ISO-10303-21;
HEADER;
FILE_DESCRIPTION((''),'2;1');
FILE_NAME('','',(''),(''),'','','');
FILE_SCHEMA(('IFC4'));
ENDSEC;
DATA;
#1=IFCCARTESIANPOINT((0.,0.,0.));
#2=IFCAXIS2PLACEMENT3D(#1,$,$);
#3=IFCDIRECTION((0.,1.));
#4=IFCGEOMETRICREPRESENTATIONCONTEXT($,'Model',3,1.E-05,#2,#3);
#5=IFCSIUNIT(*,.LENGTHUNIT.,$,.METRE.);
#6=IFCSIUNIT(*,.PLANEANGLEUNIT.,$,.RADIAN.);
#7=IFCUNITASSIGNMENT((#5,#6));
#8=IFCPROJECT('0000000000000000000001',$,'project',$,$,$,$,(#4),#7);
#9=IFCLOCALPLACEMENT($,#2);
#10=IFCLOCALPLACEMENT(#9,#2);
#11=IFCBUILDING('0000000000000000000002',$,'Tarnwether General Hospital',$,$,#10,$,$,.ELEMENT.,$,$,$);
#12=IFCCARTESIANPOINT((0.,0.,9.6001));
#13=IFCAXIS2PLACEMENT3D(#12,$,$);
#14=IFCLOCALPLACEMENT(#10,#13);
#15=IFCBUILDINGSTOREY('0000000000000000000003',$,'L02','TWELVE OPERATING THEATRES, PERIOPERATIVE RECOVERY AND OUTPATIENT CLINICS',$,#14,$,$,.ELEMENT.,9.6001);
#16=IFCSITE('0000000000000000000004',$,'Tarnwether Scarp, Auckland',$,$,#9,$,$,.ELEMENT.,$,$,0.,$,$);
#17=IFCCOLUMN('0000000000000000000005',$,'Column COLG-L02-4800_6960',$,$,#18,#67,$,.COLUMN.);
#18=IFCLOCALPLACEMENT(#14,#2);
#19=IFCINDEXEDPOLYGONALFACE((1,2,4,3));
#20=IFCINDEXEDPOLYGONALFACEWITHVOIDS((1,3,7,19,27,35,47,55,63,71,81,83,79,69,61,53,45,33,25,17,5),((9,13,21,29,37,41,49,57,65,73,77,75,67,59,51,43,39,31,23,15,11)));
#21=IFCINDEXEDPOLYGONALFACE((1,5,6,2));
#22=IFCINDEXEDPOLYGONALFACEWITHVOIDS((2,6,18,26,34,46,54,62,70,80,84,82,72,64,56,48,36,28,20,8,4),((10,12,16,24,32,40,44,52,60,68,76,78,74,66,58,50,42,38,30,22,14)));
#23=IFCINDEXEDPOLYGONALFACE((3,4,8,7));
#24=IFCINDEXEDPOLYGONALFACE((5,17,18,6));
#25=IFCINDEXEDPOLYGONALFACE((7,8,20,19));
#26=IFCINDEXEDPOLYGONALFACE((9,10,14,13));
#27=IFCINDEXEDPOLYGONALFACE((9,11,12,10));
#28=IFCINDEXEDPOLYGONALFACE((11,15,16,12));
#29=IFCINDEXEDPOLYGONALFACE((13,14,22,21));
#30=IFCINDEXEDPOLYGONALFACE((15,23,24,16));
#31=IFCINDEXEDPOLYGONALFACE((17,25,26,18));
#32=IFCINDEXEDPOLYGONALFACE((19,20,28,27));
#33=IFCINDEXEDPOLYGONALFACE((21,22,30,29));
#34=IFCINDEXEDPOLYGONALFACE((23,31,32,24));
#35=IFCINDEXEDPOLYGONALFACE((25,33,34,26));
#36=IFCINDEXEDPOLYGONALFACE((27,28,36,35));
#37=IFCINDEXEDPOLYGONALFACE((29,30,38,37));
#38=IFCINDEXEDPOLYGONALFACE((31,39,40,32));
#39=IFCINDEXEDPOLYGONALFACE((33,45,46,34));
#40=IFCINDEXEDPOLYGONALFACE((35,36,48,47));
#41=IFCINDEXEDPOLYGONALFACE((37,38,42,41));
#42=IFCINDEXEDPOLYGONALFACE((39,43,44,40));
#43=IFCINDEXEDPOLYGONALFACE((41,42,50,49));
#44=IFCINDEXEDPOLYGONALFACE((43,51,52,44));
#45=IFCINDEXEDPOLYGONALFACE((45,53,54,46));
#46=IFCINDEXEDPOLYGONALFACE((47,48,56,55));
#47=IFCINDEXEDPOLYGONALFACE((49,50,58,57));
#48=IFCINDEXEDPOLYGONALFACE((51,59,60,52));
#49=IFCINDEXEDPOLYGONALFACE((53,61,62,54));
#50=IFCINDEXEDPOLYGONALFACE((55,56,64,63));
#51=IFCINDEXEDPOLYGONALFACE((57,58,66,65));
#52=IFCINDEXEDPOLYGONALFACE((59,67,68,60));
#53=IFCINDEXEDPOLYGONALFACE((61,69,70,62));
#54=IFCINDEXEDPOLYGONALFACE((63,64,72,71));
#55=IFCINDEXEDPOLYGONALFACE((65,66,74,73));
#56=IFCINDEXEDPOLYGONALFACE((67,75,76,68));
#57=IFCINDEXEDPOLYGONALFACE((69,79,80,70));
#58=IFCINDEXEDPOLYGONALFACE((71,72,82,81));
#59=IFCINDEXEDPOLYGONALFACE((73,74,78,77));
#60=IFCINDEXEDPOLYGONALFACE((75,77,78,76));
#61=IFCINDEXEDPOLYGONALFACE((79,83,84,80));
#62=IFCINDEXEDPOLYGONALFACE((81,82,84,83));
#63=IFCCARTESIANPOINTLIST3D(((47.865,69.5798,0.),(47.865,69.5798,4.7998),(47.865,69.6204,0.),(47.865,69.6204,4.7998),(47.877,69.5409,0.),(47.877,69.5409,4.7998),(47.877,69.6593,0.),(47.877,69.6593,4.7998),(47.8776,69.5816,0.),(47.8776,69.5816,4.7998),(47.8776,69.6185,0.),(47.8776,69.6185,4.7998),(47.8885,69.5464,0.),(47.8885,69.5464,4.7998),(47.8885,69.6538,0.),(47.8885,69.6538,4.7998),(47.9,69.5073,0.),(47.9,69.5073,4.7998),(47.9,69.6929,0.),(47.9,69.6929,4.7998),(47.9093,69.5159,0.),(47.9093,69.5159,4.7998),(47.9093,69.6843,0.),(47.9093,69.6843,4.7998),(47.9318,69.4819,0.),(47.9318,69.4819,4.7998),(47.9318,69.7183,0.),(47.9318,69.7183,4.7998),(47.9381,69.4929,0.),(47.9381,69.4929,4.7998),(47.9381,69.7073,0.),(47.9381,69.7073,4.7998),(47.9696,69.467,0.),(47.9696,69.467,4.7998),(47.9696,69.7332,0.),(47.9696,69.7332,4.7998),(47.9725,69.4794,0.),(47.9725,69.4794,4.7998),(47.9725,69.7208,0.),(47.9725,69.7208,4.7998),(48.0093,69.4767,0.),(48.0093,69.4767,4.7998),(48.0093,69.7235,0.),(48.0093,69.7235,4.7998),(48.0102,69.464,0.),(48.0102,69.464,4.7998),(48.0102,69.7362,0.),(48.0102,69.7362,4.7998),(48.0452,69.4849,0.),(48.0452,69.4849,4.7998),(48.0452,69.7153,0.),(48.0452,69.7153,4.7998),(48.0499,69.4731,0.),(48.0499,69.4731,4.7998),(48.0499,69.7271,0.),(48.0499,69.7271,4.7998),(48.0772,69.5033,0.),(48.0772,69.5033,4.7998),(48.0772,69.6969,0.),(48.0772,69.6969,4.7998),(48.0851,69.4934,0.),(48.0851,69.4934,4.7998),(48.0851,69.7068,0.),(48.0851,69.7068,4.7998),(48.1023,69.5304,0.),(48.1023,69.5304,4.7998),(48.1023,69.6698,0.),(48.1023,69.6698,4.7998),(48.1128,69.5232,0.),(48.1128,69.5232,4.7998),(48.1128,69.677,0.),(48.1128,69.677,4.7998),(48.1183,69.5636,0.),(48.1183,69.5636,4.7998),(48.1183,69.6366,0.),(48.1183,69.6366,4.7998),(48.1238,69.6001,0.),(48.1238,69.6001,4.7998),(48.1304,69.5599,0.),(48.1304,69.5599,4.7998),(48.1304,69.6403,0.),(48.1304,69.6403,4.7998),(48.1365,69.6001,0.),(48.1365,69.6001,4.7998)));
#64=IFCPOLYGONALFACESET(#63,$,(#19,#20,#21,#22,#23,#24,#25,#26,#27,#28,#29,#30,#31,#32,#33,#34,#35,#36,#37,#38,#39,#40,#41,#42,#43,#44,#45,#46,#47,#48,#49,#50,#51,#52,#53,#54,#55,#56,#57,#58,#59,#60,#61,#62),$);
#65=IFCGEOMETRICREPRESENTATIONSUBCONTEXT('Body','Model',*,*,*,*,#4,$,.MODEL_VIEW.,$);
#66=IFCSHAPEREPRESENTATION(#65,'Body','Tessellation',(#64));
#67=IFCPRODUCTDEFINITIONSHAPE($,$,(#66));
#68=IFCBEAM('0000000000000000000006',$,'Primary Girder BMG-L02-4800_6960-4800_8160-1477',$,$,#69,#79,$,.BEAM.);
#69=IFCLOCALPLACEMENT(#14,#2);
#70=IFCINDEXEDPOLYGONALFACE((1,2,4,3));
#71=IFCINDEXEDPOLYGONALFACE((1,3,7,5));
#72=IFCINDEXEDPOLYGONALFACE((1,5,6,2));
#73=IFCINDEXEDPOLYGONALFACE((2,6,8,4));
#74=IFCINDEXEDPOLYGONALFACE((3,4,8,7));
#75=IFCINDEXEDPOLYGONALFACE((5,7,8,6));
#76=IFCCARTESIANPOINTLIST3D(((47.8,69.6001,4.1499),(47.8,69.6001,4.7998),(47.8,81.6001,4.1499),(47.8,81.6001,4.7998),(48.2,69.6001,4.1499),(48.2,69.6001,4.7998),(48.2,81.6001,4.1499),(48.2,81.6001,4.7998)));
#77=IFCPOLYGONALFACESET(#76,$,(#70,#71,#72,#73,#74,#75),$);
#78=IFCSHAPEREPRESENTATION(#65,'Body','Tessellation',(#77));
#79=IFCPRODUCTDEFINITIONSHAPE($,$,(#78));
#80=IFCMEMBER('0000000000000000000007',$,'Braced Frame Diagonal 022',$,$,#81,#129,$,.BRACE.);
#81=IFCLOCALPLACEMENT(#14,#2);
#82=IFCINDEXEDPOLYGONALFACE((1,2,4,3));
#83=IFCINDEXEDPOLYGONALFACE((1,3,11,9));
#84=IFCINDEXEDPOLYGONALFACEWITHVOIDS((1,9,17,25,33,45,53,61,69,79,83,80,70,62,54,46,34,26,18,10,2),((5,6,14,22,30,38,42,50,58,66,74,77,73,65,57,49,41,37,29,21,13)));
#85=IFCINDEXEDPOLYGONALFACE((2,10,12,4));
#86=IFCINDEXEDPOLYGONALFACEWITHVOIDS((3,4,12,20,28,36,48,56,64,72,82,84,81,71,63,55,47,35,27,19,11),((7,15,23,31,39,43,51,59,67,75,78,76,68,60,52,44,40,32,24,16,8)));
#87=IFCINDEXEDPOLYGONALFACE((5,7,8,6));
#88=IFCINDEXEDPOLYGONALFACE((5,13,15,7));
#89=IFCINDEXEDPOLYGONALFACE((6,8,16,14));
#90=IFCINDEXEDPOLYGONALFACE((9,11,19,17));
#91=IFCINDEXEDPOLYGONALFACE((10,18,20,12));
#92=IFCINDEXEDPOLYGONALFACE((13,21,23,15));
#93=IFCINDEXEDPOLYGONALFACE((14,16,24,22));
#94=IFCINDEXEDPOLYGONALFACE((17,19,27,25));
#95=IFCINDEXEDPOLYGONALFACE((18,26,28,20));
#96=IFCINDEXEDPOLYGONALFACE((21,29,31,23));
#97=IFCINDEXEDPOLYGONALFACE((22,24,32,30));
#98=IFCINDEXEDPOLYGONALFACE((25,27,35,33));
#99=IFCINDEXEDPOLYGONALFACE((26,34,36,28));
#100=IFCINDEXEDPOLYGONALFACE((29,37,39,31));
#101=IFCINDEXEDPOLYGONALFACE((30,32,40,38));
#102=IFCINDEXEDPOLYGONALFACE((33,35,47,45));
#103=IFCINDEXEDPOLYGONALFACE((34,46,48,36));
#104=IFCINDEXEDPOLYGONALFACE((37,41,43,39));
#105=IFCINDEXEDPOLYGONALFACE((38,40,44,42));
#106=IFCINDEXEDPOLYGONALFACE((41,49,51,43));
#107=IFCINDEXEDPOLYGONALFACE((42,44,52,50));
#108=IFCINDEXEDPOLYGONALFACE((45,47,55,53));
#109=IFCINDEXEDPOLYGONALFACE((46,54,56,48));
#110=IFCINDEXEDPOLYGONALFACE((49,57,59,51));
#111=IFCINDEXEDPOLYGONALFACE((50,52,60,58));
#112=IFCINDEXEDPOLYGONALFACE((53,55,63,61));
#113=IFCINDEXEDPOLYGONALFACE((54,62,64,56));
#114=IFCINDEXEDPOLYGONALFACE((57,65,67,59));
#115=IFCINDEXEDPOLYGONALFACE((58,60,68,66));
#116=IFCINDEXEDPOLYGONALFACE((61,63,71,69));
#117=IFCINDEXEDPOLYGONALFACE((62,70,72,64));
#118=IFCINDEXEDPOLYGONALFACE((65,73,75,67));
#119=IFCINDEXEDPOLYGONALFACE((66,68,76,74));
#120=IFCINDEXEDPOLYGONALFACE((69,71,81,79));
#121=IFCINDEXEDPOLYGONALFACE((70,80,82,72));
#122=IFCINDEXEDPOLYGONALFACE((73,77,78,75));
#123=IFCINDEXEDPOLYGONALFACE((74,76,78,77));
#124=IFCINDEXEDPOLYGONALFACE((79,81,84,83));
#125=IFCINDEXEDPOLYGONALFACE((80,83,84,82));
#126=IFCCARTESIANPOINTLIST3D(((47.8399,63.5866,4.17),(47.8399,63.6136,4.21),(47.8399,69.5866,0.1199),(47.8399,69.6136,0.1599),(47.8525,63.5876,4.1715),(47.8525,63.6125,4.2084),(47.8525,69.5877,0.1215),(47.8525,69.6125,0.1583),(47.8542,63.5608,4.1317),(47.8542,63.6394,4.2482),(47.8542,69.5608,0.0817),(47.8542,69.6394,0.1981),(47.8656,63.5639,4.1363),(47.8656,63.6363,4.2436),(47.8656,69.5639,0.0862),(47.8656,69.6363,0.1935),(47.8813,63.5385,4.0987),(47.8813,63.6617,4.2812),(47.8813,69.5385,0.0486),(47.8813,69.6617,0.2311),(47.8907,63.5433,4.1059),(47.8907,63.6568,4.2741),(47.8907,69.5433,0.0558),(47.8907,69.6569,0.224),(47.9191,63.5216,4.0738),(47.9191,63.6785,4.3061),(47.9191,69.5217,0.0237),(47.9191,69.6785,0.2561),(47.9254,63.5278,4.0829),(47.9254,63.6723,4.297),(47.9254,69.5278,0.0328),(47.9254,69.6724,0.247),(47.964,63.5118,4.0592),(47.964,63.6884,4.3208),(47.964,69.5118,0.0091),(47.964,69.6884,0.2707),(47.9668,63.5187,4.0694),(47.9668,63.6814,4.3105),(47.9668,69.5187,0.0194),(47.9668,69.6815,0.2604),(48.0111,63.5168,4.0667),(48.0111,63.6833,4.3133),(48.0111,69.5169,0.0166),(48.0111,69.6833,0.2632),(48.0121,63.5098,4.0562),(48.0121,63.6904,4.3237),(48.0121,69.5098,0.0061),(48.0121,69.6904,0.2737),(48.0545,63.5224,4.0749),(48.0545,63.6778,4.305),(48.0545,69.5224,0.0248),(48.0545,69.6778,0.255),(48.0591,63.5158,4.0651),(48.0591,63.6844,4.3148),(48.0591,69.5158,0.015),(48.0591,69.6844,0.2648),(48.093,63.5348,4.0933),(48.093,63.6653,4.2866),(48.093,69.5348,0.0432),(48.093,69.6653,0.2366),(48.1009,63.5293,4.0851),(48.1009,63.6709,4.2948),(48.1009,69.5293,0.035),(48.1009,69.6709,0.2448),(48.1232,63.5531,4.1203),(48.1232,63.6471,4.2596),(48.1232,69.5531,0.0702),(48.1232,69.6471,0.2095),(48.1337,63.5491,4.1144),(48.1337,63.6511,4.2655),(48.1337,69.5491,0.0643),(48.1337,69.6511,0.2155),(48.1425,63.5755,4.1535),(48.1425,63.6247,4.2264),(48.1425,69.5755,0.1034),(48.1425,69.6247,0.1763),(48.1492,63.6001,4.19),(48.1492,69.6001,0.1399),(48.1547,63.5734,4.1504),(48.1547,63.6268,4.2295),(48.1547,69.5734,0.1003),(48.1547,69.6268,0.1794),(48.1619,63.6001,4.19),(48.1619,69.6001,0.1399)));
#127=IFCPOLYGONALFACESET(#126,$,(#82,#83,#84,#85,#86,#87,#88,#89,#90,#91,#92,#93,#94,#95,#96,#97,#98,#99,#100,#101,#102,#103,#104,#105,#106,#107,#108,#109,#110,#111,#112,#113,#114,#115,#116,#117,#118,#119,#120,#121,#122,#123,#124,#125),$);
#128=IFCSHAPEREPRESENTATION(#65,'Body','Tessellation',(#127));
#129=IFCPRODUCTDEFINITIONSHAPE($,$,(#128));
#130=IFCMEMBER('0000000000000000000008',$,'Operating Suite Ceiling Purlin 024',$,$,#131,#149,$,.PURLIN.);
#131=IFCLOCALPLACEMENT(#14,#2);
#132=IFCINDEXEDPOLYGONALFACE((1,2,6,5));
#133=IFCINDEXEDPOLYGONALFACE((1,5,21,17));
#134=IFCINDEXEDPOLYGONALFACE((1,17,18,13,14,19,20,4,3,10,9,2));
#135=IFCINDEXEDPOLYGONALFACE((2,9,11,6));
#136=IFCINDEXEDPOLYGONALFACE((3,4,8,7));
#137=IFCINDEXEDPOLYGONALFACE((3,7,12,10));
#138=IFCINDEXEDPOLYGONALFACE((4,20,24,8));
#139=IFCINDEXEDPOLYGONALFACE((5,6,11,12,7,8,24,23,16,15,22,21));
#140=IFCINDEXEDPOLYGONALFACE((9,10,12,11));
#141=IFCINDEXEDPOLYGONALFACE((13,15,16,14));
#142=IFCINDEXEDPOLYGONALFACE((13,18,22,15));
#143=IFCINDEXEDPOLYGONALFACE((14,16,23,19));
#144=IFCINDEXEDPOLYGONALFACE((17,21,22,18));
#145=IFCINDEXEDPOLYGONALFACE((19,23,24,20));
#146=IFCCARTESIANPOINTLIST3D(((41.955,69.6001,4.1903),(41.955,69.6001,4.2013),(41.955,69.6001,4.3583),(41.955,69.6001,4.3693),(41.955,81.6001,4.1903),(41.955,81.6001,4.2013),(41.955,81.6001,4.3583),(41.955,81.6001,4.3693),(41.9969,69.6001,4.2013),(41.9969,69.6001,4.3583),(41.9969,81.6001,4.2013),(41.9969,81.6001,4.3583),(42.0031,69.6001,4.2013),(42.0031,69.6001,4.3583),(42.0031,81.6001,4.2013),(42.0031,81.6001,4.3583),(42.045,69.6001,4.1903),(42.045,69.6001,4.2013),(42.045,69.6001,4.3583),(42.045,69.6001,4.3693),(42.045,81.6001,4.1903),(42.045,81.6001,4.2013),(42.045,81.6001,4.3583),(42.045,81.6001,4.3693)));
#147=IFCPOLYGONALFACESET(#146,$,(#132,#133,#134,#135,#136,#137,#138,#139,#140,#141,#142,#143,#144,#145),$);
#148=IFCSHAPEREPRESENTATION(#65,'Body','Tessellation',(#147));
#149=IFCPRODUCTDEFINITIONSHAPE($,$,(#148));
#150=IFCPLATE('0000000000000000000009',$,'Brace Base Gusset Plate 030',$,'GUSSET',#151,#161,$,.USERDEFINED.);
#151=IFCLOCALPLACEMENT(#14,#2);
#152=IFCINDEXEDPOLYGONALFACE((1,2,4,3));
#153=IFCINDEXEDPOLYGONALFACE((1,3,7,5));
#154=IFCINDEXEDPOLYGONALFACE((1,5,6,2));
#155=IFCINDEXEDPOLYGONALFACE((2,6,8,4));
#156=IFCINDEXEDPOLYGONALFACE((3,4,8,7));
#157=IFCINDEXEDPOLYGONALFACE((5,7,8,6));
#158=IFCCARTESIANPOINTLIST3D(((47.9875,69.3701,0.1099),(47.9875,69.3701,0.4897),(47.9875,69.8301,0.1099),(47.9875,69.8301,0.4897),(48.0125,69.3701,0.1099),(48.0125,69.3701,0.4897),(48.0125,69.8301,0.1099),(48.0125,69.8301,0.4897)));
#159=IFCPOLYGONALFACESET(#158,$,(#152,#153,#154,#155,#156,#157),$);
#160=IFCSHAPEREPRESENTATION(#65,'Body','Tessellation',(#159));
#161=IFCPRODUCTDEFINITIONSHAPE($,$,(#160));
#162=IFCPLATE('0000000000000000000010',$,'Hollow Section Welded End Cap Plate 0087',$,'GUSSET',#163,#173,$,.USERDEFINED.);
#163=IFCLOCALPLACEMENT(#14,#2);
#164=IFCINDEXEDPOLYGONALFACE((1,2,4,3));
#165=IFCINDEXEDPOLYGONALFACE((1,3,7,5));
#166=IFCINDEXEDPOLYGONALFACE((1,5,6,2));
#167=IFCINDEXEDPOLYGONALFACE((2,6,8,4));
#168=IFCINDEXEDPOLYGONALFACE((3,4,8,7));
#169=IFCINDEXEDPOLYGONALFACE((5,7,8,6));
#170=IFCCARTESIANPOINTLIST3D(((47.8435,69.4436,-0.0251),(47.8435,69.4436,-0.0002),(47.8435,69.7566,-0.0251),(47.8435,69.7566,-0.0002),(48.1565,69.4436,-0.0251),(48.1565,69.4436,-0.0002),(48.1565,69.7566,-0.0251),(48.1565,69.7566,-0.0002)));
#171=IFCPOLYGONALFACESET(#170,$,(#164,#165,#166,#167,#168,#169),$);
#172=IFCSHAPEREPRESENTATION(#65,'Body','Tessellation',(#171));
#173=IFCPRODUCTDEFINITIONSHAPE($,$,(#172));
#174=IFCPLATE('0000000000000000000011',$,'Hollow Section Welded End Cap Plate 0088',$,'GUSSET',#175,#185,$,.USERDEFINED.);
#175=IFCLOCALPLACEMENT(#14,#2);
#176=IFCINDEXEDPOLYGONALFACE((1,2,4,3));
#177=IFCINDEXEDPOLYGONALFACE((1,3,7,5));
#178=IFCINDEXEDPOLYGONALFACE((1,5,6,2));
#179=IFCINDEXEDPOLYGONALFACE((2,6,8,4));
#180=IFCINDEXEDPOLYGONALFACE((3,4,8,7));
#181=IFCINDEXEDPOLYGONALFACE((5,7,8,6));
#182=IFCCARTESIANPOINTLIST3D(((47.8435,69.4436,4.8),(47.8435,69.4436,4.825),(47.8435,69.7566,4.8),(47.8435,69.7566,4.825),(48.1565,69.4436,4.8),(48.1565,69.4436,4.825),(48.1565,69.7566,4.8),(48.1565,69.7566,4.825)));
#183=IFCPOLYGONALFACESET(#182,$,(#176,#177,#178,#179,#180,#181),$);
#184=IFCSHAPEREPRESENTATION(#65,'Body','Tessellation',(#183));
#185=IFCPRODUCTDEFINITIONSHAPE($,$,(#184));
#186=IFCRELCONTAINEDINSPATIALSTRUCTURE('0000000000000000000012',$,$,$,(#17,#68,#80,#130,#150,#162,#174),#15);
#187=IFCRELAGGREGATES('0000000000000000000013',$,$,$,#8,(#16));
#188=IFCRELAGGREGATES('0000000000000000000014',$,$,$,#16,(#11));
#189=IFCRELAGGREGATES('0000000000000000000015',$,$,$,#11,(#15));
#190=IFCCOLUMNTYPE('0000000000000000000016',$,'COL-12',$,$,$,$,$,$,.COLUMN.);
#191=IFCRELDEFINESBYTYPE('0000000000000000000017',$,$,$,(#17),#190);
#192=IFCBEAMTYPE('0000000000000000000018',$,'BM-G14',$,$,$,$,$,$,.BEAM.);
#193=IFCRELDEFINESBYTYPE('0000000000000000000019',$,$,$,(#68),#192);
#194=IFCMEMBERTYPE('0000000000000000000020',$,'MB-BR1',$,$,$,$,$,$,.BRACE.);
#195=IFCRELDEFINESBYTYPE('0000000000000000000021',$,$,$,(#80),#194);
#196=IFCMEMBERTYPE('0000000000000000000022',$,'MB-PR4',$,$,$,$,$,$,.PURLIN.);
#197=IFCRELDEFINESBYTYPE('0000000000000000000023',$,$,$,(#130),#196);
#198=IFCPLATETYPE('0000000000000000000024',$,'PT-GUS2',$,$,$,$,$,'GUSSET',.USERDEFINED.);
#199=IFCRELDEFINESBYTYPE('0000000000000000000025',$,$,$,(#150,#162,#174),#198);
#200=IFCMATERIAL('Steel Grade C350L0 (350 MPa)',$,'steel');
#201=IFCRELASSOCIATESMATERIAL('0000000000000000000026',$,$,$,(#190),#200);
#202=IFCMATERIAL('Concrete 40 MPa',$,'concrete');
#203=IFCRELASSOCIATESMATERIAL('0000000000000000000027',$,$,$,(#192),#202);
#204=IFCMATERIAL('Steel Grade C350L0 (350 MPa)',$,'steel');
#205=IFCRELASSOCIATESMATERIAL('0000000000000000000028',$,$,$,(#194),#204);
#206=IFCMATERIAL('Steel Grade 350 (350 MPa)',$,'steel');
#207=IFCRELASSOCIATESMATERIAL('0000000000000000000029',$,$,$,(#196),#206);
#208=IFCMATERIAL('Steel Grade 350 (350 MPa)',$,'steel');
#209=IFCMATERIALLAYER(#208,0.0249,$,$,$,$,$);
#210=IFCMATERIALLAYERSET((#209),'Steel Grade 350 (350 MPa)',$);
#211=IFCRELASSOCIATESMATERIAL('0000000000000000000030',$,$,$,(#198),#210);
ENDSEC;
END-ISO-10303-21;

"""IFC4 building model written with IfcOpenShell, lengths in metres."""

from ifc_helpers import new_model, si_unit, direction, frame, origin, origin_2d, place, context, subcontext, project, spatial, rectangle, hollow_circle, i_section, extrude, material, layer, layer_set, material_profile, profile_set, type_object, element, save


model = new_model("IFC4")

# Units and contexts
model_context = context("Model", 3, precision=1e-05, world=origin(), true_north=direction((0.0, 1.0)))
body_context = subcontext(model_context, "Body", "Model", "MODEL_VIEW")
ifc_project = project(units=[si_unit("LENGTHUNIT", "METRE"), si_unit("PLANEANGLEUNIT", "RADIAN")], contexts=[model_context])

# Site, building, storey
site_placement = place(None, origin())
site = spatial("IfcSite", under=ifc_project, at=site_placement, Name="Tarnwether Scarp, Auckland", CompositionType="ELEMENT", RefElevation=0.0)
building_placement = place(site_placement, origin())
building = spatial("IfcBuilding", under=site, at=building_placement, Name="Tarnwether General Hospital", CompositionType="ELEMENT")
storey_placement = place(building_placement, frame((0.0, 0.0, 9.6001)))
storey = spatial("IfcBuildingStorey", under=building, at=storey_placement, Name="L02", Description="TWELVE OPERATING THEATRES, PERIOPERATIVE RECOVERY AND OUTPATIENT CLINICS", CompositionType="ELEMENT", Elevation=9.6001)

# Column
ifc_material_1 = material(Name="Steel Grade C350L0 (350 MPa)", Category="steel")
ifc_material_profile_1 = material_profile(ifc_material_1, hollow_circle(Radius=0.1365, WallThickness=0.0127, at=origin_2d()), Name="CHS273.1x12.7")
ifc_profile_set_1 = profile_set([ifc_material_profile_1], Name="Steel Grade C350L0 (350 MPa)")
column_type = type_object("IfcColumnType", Name="COL-12", PredefinedType="COLUMN", material=ifc_profile_set_1)
column_placement = place(storey_placement, frame((48.0, 69.6001, 0.0), z_axis=(0.0, 0.0, 1.0), x_axis=(1.0, 0.0, 0.0)))
element("IfcColumn", 1, at=column_placement, inside=storey, type_object=column_type, Name="Column COLG-L02-4800_6960", PredefinedType="COLUMN", context=body_context, shape_type="SweptSolid", body=[
    extrude(hollow_circle(Radius=0.1365, WallThickness=0.0127, at=origin_2d()), origin(), (0.0, 0.0, 1.0), 4.7998),
])

# Beam
ifc_material_2 = material(Name="Concrete 40 MPa", Category="concrete")
ifc_material_profile_2 = material_profile(ifc_material_2, rectangle(XDim=0.3999, YDim=0.6499, at=origin_2d()), Name="RC-BM-400x650")
ifc_profile_set_2 = profile_set([ifc_material_profile_2], Name="Concrete 40 MPa")
beam_type = type_object("IfcBeamType", Name="BM-G14", PredefinedType="BEAM", material=ifc_profile_set_2)
beam_placement = place(storey_placement, frame((48.0, 69.6001, 4.4749), z_axis=(0.0, 1.0, 0.0), x_axis=(-1.0, 0.0, 0.0)))
element("IfcBeam", 2, at=beam_placement, inside=storey, type_object=beam_type, Name="Primary Girder BMG-L02-4800_6960-4800_8160-1477", PredefinedType="BEAM", context=body_context, shape_type="SweptSolid", body=[
    extrude(rectangle(XDim=0.3999, YDim=0.6499, at=origin_2d()), origin(), (0.0, 0.0, 1.0), 12.0),
])

# Members
ifc_material_3 = material(Name="Steel Grade C350L0 (350 MPa)", Category="steel")
ifc_material_profile_3 = material_profile(ifc_material_3, hollow_circle(Radius=0.1619, WallThickness=0.0127, at=origin_2d()), Name="CHS323.9x12.7")
ifc_profile_set_3 = profile_set([ifc_material_profile_3], Name="Steel Grade C350L0 (350 MPa)")
member_type_1 = type_object("IfcMemberType", Name="MB-BR1", PredefinedType="BRACE", material=ifc_profile_set_3)
member_1_placement = place(storey_placement, frame((48.0, 69.6001, 0.1399), z_axis=(0.0, -0.828846, 0.559477), x_axis=(1.0, 0.0, 0.0)))
element("IfcMember", 3, at=member_1_placement, inside=storey, type_object=member_type_1, Name="Braced Frame Diagonal 022", PredefinedType="BRACE", context=body_context, shape_type="SweptSolid", body=[
    extrude(hollow_circle(Radius=0.1619, WallThickness=0.0127, at=origin_2d()), origin(), (0.0, 0.0, 1.0), 7.239),
])
ifc_material_4 = material(Name="Steel Grade 350 (350 MPa)", Category="steel")
ifc_material_profile_4 = material_profile(ifc_material_4, i_section(OverallWidth=0.0901, OverallDepth=0.179, WebThickness=0.0061, FlangeThickness=0.011, at=origin_2d()), Name="180UB22.2")
ifc_profile_set_4 = profile_set([ifc_material_profile_4], Name="Steel Grade 350 (350 MPa)")
member_type_2 = type_object("IfcMemberType", Name="MB-PR4", PredefinedType="PURLIN", material=ifc_profile_set_4)
member_2_placement = place(storey_placement, frame((42.0, 69.6001, 4.2798), z_axis=(0.0, 1.0, 0.0), x_axis=(-1.0, 0.0, 0.0)))
element("IfcMember", 4, at=member_2_placement, inside=storey, type_object=member_type_2, Name="Operating Suite Ceiling Purlin 024", PredefinedType="PURLIN", context=body_context, shape_type="SweptSolid", body=[
    extrude(i_section(OverallWidth=0.0901, OverallDepth=0.179, WebThickness=0.0061, FlangeThickness=0.011, at=origin_2d()), origin(), (0.0, 0.0, 1.0), 12.0),
])

# Plates
ifc_material_5 = material(Name="Steel Grade 350 (350 MPa)", Category="steel")
ifc_layer_1 = layer(ifc_material_5, 0.0249)
ifc_layer_set_1 = layer_set([ifc_layer_1], Name="Steel Grade 350 (350 MPa)")
plate_type = type_object("IfcPlateType", Name="PT-GUS2", ElementType="GUSSET", PredefinedType="USERDEFINED", material=ifc_layer_set_1)
plate_1_placement = place(storey_placement, frame((48.0, 69.6001, 0.1099), z_axis=(0.0, 0.0, 1.0), x_axis=(0.0, 1.0, 0.0)))
element("IfcPlate", 5, at=plate_1_placement, inside=storey, type_object=plate_type, Name="Brace Base Gusset Plate 030", ObjectType="GUSSET", PredefinedType="USERDEFINED", context=body_context, shape_type="SweptSolid", body=[
    extrude(rectangle(XDim=0.46, YDim=0.0249, at=origin_2d()), origin(), (0.0, 0.0, 1.0), 0.3799),
])
for number, where, z_axis, x_axis, name in (
    (6, (48.0, 69.6001, -0.0251), (0.0, 0.0, 1.0), (1.0, 0.0, 0.0), "Hollow Section Welded End Cap Plate 0087"),
    (7, (48.0, 69.6001, 4.8), (0.0, 0.0, 1.0), (1.0, 0.0, 0.0), "Hollow Section Welded End Cap Plate 0088"),
):
    element("IfcPlate", number, at=place(storey_placement, frame(where, z_axis=z_axis, x_axis=x_axis)), inside=storey, type_object=plate_type, Name=name, ObjectType="GUSSET", PredefinedType="USERDEFINED", context=body_context, shape_type="SweptSolid", body=[
        extrude(rectangle(XDim=0.313, YDim=0.313, at=origin_2d()), origin(), (0.0, 0.0, 1.0), 0.0249),
    ])

save(model, "model.ifc")
